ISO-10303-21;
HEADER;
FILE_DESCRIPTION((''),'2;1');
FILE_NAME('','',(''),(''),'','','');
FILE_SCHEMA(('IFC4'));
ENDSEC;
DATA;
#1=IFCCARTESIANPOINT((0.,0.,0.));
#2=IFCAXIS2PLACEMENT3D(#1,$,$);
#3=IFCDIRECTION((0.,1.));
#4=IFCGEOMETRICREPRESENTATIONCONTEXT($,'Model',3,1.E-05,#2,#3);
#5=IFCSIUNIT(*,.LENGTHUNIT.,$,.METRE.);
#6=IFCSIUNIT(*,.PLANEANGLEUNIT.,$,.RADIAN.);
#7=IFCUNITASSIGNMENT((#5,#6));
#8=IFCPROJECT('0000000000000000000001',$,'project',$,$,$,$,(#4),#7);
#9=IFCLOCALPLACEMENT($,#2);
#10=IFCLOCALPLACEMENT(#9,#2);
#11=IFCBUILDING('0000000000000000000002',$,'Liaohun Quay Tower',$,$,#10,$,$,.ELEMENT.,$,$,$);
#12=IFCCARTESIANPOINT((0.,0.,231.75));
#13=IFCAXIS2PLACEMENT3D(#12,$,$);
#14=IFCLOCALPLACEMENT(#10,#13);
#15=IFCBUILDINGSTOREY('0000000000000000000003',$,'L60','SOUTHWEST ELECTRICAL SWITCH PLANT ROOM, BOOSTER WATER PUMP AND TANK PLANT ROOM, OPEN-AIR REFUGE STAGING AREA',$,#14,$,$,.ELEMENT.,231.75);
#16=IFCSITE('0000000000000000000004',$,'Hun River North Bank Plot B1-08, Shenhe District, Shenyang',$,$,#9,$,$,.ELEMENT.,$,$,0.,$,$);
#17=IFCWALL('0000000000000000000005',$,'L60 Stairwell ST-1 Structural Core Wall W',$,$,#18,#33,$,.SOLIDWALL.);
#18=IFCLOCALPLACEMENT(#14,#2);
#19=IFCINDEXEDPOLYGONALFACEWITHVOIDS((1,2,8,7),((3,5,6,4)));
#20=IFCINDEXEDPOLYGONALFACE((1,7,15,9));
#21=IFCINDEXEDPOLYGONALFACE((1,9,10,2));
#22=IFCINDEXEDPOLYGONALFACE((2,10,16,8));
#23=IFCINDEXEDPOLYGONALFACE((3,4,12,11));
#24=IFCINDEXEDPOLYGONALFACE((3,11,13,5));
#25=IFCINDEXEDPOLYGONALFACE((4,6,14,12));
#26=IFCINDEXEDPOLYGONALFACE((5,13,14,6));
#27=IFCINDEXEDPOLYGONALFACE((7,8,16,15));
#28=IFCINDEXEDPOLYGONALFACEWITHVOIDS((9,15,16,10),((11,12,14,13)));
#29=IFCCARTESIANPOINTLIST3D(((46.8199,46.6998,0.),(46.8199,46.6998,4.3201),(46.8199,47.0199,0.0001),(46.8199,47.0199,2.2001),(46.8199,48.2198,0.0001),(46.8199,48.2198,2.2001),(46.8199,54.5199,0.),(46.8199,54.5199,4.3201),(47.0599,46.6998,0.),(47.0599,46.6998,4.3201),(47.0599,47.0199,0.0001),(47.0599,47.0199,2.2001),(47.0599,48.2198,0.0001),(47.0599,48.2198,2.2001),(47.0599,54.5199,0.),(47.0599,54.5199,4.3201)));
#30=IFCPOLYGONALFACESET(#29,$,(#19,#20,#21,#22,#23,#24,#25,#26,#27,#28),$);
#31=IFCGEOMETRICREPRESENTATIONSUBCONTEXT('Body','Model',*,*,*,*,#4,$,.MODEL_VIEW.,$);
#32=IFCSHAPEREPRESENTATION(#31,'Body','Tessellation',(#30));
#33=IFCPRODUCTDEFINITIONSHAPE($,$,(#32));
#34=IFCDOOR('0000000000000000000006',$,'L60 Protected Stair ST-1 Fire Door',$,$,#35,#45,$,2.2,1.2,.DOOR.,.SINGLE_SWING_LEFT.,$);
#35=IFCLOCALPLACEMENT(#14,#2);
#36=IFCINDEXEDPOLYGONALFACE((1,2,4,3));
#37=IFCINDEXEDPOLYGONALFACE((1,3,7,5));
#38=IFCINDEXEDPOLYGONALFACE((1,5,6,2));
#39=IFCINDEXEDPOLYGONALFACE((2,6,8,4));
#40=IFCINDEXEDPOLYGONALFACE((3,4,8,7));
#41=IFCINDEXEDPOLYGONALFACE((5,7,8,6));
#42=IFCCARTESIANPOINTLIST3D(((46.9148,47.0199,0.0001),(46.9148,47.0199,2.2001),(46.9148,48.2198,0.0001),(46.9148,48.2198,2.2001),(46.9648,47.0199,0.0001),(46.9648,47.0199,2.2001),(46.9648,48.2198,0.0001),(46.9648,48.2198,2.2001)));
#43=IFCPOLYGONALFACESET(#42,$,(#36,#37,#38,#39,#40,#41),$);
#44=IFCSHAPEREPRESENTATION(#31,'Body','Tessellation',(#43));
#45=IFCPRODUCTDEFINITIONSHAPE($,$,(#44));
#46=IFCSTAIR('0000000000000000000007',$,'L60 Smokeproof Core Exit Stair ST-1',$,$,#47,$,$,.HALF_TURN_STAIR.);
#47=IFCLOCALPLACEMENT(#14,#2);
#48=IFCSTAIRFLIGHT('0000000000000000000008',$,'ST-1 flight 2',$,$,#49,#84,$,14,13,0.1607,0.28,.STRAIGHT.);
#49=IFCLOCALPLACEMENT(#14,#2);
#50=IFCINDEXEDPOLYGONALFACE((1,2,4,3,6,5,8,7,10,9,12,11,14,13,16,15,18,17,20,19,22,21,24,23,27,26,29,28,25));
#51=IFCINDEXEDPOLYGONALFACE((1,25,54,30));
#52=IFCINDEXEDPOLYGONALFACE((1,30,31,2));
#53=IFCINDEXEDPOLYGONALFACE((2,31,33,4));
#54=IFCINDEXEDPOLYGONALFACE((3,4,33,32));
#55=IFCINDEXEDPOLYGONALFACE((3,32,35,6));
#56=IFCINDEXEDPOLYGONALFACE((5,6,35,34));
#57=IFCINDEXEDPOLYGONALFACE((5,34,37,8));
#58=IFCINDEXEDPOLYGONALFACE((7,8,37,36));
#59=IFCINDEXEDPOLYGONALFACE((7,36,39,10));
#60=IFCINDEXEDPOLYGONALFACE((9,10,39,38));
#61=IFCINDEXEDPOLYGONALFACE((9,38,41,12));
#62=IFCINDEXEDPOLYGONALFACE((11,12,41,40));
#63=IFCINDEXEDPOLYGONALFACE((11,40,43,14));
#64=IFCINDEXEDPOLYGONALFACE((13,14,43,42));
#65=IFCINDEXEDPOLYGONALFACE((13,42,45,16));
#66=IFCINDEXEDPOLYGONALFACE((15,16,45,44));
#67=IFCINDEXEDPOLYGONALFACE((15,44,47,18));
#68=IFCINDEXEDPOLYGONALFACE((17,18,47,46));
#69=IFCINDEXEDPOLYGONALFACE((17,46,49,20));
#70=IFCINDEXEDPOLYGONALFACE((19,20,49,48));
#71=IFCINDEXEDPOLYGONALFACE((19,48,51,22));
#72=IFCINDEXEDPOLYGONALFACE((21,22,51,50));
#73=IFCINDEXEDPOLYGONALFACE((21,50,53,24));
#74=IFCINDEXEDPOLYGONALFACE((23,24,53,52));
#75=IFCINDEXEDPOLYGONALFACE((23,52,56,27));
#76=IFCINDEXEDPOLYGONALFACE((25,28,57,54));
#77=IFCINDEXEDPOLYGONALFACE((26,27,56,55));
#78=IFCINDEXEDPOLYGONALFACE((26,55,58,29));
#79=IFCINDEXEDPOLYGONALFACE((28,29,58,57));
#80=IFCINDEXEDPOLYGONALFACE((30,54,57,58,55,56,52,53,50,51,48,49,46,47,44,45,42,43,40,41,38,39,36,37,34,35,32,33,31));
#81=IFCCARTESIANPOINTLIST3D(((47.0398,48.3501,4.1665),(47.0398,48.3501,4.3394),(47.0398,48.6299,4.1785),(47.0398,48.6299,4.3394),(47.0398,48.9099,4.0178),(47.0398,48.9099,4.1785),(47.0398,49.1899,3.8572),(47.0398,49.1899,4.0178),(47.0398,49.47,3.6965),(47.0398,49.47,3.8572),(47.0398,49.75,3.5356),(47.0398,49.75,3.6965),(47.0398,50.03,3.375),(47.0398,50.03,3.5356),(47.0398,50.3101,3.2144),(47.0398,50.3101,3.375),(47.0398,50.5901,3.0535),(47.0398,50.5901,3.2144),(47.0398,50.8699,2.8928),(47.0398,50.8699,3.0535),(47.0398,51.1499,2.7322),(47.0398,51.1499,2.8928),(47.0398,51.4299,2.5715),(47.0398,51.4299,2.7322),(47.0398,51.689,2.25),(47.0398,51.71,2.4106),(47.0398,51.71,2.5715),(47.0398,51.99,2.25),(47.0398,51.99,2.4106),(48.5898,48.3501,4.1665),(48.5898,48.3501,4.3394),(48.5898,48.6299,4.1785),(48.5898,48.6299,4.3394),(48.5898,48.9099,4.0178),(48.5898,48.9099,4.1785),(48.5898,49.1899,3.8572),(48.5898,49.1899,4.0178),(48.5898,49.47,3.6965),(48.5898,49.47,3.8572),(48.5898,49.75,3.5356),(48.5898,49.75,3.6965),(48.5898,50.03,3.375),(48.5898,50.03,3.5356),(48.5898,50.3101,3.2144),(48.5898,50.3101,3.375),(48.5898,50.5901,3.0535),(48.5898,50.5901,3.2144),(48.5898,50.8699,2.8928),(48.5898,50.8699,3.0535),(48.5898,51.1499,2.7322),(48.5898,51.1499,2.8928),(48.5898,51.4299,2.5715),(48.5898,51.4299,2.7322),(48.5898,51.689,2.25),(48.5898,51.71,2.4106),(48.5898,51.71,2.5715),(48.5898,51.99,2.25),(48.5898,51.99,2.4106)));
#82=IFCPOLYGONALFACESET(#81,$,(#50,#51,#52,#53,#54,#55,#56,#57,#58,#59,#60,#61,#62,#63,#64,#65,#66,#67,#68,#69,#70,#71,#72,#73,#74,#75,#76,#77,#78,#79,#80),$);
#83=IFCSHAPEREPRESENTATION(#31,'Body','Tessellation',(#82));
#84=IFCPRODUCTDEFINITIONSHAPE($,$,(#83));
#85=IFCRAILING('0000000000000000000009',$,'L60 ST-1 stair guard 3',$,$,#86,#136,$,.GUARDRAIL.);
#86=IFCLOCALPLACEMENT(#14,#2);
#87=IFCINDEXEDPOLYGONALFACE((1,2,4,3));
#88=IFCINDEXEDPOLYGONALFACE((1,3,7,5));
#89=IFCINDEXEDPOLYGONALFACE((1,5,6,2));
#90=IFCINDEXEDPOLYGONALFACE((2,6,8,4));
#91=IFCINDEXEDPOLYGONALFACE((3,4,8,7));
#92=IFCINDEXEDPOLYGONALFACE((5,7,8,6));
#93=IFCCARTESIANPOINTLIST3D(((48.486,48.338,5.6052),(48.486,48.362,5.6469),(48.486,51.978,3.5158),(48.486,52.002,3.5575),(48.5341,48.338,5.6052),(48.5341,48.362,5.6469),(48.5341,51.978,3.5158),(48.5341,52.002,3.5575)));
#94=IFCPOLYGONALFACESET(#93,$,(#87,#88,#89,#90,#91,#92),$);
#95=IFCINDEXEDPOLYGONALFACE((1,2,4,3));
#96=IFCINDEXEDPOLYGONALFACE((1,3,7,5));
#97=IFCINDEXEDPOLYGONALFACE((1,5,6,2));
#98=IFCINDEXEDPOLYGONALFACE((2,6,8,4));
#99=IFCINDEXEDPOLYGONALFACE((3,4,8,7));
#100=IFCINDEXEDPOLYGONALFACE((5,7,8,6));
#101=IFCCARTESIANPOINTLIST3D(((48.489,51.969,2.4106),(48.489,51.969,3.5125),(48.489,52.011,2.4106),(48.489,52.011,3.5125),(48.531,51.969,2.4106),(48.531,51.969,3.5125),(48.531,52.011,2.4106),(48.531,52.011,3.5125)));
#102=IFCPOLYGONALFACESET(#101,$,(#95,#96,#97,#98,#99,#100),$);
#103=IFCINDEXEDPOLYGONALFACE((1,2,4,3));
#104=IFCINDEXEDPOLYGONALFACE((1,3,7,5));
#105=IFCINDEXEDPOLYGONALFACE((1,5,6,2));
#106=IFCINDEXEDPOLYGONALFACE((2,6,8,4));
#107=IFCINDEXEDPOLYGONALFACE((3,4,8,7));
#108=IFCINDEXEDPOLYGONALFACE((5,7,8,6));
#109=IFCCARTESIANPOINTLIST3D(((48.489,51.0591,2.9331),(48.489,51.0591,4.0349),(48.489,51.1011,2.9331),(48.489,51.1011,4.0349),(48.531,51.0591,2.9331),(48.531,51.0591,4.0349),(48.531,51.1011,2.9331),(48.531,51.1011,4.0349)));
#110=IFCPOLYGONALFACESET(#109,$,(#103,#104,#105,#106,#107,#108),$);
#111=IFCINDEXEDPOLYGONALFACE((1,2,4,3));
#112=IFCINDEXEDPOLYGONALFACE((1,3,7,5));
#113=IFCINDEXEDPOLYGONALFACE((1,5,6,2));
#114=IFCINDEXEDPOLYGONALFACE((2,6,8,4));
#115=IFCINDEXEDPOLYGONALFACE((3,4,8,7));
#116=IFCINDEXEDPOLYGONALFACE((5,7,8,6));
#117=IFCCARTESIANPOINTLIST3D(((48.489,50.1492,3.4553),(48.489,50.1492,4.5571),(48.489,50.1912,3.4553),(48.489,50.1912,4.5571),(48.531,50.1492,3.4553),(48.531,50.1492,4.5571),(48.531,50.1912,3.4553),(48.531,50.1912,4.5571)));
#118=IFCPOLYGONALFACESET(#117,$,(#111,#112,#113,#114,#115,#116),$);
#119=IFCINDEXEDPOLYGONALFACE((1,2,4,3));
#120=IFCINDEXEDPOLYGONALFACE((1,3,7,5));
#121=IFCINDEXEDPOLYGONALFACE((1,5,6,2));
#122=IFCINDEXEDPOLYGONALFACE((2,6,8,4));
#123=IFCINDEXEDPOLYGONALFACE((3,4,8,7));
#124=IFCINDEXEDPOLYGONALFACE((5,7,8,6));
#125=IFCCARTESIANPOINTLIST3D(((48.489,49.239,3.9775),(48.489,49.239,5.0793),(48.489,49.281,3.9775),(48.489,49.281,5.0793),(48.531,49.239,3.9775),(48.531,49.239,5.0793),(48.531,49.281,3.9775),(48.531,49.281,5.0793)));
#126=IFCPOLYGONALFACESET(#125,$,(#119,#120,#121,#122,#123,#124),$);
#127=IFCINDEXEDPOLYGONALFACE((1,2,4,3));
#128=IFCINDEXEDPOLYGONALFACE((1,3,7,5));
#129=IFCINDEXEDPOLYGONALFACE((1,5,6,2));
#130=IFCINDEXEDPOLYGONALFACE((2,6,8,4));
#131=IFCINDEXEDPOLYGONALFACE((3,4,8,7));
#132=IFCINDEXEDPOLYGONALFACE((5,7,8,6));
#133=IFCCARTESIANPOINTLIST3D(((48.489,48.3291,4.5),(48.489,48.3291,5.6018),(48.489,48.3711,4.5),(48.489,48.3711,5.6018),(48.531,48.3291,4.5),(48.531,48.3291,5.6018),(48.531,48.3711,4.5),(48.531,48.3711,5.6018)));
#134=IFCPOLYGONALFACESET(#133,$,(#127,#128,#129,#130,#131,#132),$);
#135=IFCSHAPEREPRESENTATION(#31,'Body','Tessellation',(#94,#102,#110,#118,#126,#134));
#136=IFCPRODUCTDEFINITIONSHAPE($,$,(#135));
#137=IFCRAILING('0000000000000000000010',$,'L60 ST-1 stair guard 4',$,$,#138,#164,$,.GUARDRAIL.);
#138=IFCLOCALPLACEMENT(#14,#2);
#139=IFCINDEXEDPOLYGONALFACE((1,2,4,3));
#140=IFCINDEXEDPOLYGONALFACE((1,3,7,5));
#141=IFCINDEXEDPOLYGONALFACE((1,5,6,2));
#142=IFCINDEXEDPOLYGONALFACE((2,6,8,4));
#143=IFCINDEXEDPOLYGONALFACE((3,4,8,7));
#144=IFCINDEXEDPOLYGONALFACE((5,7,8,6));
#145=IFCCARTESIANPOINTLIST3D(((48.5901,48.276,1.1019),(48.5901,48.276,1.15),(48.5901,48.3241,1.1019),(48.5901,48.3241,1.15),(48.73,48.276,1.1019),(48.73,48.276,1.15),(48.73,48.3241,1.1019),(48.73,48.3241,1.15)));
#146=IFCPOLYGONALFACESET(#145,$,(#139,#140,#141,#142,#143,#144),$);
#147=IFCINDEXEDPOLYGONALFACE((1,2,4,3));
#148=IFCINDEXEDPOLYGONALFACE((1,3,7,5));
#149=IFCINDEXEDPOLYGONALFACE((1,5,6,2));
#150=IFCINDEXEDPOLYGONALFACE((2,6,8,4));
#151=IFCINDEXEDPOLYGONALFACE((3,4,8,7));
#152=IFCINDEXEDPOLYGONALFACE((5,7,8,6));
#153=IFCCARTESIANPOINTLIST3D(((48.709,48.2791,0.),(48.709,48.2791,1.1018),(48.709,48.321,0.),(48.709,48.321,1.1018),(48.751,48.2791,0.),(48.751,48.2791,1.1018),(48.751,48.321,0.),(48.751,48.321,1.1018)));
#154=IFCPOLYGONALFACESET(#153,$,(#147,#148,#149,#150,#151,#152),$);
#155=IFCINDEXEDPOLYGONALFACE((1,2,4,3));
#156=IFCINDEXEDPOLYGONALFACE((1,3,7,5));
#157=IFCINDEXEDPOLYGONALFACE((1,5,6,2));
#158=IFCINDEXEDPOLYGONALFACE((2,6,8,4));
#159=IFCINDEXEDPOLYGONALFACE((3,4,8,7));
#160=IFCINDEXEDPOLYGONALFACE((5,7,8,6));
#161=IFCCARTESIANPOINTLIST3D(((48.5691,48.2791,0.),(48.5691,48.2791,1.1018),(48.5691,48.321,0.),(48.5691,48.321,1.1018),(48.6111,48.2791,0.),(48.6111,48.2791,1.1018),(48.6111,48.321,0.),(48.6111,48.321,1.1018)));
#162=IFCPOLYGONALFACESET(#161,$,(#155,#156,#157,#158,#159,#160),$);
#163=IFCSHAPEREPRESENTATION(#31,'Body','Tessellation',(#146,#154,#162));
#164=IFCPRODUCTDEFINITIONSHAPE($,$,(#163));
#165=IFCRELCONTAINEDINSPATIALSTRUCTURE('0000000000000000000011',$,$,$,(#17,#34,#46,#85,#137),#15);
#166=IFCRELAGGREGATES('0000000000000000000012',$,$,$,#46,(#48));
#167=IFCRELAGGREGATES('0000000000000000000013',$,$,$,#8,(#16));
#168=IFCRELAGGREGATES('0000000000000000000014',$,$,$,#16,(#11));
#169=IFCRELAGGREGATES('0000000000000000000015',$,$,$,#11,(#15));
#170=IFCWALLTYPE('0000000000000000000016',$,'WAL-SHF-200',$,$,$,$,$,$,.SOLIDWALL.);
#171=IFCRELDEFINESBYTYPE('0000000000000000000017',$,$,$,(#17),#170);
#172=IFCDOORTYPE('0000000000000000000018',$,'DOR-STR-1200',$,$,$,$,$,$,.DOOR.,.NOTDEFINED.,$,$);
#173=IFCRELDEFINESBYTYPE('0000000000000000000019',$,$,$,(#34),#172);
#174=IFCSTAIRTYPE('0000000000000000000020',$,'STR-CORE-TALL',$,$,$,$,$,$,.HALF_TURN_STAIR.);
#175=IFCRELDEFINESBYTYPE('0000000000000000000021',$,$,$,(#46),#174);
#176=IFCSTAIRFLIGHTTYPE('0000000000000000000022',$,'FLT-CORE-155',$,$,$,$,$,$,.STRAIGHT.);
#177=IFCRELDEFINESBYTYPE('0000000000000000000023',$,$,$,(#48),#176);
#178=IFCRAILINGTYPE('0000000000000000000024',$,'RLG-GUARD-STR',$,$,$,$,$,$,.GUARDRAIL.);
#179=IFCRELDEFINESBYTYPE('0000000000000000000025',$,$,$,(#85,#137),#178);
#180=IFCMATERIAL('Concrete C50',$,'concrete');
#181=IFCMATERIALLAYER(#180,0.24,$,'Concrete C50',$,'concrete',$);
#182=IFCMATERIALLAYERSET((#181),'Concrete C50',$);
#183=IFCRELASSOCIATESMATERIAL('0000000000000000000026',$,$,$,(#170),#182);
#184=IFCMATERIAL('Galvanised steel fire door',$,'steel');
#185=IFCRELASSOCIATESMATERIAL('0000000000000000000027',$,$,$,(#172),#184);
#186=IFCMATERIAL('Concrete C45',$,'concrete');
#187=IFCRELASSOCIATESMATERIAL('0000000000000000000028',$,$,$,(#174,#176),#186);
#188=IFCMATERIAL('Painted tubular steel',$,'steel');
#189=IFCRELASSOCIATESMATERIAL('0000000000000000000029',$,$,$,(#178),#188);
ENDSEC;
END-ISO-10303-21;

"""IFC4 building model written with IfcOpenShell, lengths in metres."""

from ifc_helpers import new_model, si_unit, direction, frame, frame_2d, origin, origin_2d, place, context, subcontext, project, spatial, polyline, rectangle, outline, extrude, source, transform, mapped, material, layer, layer_set, type_object, element, fill, aggregate, save


model = new_model("IFC4")

# Units and contexts
model_context = context("Model", 3, precision=1e-05, world=origin(), true_north=direction((0.0, 1.0)))
body_context = subcontext(model_context, "Body", "Model", "MODEL_VIEW")
ifc_project = project(units=[si_unit("LENGTHUNIT", "METRE"), si_unit("PLANEANGLEUNIT", "RADIAN")], contexts=[model_context])

# Site, building, storey
site_placement = place(None, origin())
site = spatial("IfcSite", under=ifc_project, at=site_placement, Name="Hun River North Bank Plot B1-08, Shenhe District, Shenyang", CompositionType="ELEMENT", RefElevation=0.0)
building_placement = place(site_placement, origin())
building = spatial("IfcBuilding", under=site, at=building_placement, Name="Liaohun Quay Tower", CompositionType="ELEMENT")
storey_placement = place(building_placement, frame((0.0, 0.0, 231.75)))
storey = spatial("IfcBuildingStorey", under=building, at=storey_placement, Name="L60", Description="SOUTHWEST ELECTRICAL SWITCH PLANT ROOM, BOOSTER WATER PUMP AND TANK PLANT ROOM, OPEN-AIR REFUGE STAGING AREA", CompositionType="ELEMENT", Elevation=231.75)

# Shared definitions
ifc_material_1 = material(Name="Concrete C50", Category="concrete")
ifc_layer_1 = layer(ifc_material_1, 0.24, Name="Concrete C50", Category="concrete")
ifc_layer_set_1 = layer_set([ifc_layer_1], Name="Concrete C50")
wall_type_1 = type_object("IfcWallType", Name="WAL-SHF-200", PredefinedType="SOLIDWALL", material=ifc_layer_set_1)

# Wall, opening, door
wall_1_placement = place(storey_placement, frame((46.9399, 54.52, 0.0), z_axis=(0.0, 0.0, 1.0), x_axis=(0.0, -1.0, 0.0)))
wall_1 = element("IfcWall", 1, at=wall_1_placement, inside=storey, type_object=wall_type_1, Name="L60 Stairwell ST-1 Structural Core Wall W", PredefinedType="SOLIDWALL", context=body_context, shape_type="SweptSolid", body=[
    extrude(rectangle(XDim=7.8201, YDim=0.24, at=frame_2d((3.9102, 0.0))), origin(), (0.0, 0.0, 1.0), 4.3201),
])
shared_shape_1 = source(origin(), body_context, "Body", "SweptSolid", [
    extrude(rectangle(XDim=1.2, YDim=2.2, at=frame_2d((0.6001, 1.1001))), frame((0.0, 0.1299, 0.0), z_axis=(0.0, -1.0, 0.0), x_axis=(1.0, 0.0, 0.0)), (0.0, 0.0, 1.0), 0.26),
])
opening_1_placement = place(wall_1_placement, frame((6.3, 0.0, 0.0)))
opening_1 = element("IfcOpeningElement", 2, at=opening_1_placement, cuts=wall_1, PredefinedType="OPENING", context=body_context, shape_type="MappedRepresentation", body=[
    mapped(shared_shape_1, transform((0.0, 0.0, 0.0), x_axis=(1.0, 0.0, 0.0), y_axis=(0.0, 1.0, 0.0), z_axis=(0.0, 0.0, 1.0), scale=1.0)),
])
ifc_material_2 = material(Name="Galvanised steel fire door", Category="steel")
door_type_1 = type_object("IfcDoorType", Name="DOR-STR-1200", OperationType="NOTDEFINED", PredefinedType="DOOR", material=ifc_material_2)
shared_shape_2 = source(origin(), body_context, "Body", "SweptSolid", [
    extrude(rectangle(XDim=1.2, YDim=2.2, at=frame_2d((0.6001, 1.1001))), frame((0.0, 0.0249, 0.0), z_axis=(0.0, -1.0, 0.0), x_axis=(1.0, 0.0, 0.0)), (0.0, 0.0, 1.0), 0.05),
])
door_1_placement = place(opening_1_placement, origin())
door_1 = element("IfcDoor", 3, at=door_1_placement, inside=storey, type_object=door_type_1, Name="L60 Protected Stair ST-1 Fire Door", OperationType="SINGLE_SWING_LEFT", OverallHeight=2.2, OverallWidth=1.2, PredefinedType="DOOR", context=body_context, shape_type="MappedRepresentation", body=[
    mapped(shared_shape_2, transform((0.0, 0.0, 0.0), x_axis=(1.0, 0.0, 0.0), y_axis=(0.0, 1.0, 0.0), z_axis=(0.0, 0.0, 1.0), scale=1.0)),
])
fill(opening_1, door_1)

# Stair, stair flight
ifc_material_3 = material(Name="Concrete C45", Category="concrete")
stair_type = type_object("IfcStairType", Name="STR-CORE-TALL", PredefinedType="HALF_TURN_STAIR", material=ifc_material_3)
stair_placement = place(storey_placement, origin())
stair = element("IfcStair", 4, at=stair_placement, inside=storey, type_object=stair_type, Name="L60 Smokeproof Core Exit Stair ST-1", PredefinedType="HALF_TURN_STAIR")
stair_flight_type = type_object("IfcStairFlightType", Name="FLT-CORE-155", PredefinedType="STRAIGHT", material=ifc_material_3)
stair_flight_placement = place(storey_placement, frame((47.8149, 51.99, 2.25), z_axis=(0.0, 0.0, 1.0), x_axis=(0.0, -1.0, 0.0)))
stair_flight = element("IfcStairFlight", 5, at=stair_flight_placement, type_object=stair_flight_type, Name="ST-1 flight 2", NumberOfRisers=14, NumberOfTreads=13, PredefinedType="STRAIGHT", RiserHeight=0.1607, TreadLength=0.28, context=body_context, shape_type="SweptSolid", body=[
    extrude(outline(polyline([(0.0, 0.0), (0.0, 0.1606), (0.28, 0.1606), (0.28, 0.3215), (0.5601, 0.3215), (0.5601, 0.4822), (0.8401, 0.4822), (0.8401, 0.6428), (1.1201, 0.6428), (1.1201, 0.8035), (1.3999, 0.8035), (1.3999, 0.9644), (1.6799, 0.9644), (1.6799, 1.125), (1.96, 1.125), (1.96, 1.2856), (2.24, 1.2856), (2.24, 1.4465), (2.52, 1.4465), (2.52, 1.6072), (2.8, 1.6072), (2.8, 1.7678), (3.0801, 1.7678), (3.0801, 1.9285), (3.3601, 1.9285), (3.3601, 2.0894), (3.6399, 2.0894), (3.6399, 2.25), (3.6399, 1.9165), (0.301, 0.0), (0.0, 0.0)])), frame((0.0, 0.7749, 0.0), z_axis=(0.0, -1.0, 0.0), x_axis=(1.0, 0.0, 0.0)), (0.0, 0.0, 1.0), 1.55),
])
aggregate(stair, [stair_flight])

# Railings
ifc_material_4 = material(Name="Painted tubular steel", Category="steel")
railing_type_1 = type_object("IfcRailingType", Name="RLG-GUARD-STR", PredefinedType="GUARDRAIL", material=ifc_material_4)
railing_1_placement = place(storey_placement, frame((48.51, 51.99, 2.4106)))
element("IfcRailing", 6, at=railing_1_placement, inside=storey, type_object=railing_type_1, Name="L60 ST-1 stair guard 3", PredefinedType="GUARDRAIL", context=body_context, shape_type="SweptSolid", body=[
    extrude(rectangle(XDim=0.0481, YDim=0.0481, at=origin_2d()), frame((0.0, 0.0, 1.126), z_axis=(0.0, -0.867275, 0.497829), x_axis=(1.0, 0.0, 0.0)), (0.0, 0.0, 1.0), 4.197),
    extrude(rectangle(XDim=0.042, YDim=0.042, at=origin_2d()), origin(), (0.0, 0.0, 1.0), 1.1018),
    extrude(rectangle(XDim=0.042, YDim=0.042, at=origin_2d()), frame((0.0, -0.9099, 0.5225)), (0.0, 0.0, 1.0), 1.1018),
    extrude(rectangle(XDim=0.042, YDim=0.042, at=origin_2d()), frame((0.0, -1.8198, 1.0447)), (0.0, 0.0, 1.0), 1.1018),
    extrude(rectangle(XDim=0.042, YDim=0.042, at=origin_2d()), frame((0.0, -2.73, 1.5669)), (0.0, 0.0, 1.0), 1.1018),
    extrude(rectangle(XDim=0.042, YDim=0.042, at=origin_2d()), frame((0.0, -3.6399, 2.0894)), (0.0, 0.0, 1.0), 1.1018),
])
railing_2_placement = place(storey_placement, frame((48.73, 48.3, 0.0)))
element("IfcRailing", 7, at=railing_2_placement, inside=storey, type_object=railing_type_1, Name="L60 ST-1 stair guard 4", PredefinedType="GUARDRAIL", context=body_context, shape_type="SweptSolid", body=[
    extrude(rectangle(XDim=0.0481, YDim=0.0481, at=origin_2d()), frame((0.0, 0.0, 1.126), z_axis=(-1.0, 0.0, 0.0), x_axis=(0.0, -1.0, 0.0)), (0.0, 0.0, 1.0), 0.1399),
    extrude(rectangle(XDim=0.042, YDim=0.042, at=origin_2d()), origin(), (0.0, 0.0, 1.0), 1.1018),
    extrude(rectangle(XDim=0.042, YDim=0.042, at=origin_2d()), frame((-0.1399, 0.0, 0.0)), (0.0, 0.0, 1.0), 1.1018),
])

save(model, "model.ifc")
